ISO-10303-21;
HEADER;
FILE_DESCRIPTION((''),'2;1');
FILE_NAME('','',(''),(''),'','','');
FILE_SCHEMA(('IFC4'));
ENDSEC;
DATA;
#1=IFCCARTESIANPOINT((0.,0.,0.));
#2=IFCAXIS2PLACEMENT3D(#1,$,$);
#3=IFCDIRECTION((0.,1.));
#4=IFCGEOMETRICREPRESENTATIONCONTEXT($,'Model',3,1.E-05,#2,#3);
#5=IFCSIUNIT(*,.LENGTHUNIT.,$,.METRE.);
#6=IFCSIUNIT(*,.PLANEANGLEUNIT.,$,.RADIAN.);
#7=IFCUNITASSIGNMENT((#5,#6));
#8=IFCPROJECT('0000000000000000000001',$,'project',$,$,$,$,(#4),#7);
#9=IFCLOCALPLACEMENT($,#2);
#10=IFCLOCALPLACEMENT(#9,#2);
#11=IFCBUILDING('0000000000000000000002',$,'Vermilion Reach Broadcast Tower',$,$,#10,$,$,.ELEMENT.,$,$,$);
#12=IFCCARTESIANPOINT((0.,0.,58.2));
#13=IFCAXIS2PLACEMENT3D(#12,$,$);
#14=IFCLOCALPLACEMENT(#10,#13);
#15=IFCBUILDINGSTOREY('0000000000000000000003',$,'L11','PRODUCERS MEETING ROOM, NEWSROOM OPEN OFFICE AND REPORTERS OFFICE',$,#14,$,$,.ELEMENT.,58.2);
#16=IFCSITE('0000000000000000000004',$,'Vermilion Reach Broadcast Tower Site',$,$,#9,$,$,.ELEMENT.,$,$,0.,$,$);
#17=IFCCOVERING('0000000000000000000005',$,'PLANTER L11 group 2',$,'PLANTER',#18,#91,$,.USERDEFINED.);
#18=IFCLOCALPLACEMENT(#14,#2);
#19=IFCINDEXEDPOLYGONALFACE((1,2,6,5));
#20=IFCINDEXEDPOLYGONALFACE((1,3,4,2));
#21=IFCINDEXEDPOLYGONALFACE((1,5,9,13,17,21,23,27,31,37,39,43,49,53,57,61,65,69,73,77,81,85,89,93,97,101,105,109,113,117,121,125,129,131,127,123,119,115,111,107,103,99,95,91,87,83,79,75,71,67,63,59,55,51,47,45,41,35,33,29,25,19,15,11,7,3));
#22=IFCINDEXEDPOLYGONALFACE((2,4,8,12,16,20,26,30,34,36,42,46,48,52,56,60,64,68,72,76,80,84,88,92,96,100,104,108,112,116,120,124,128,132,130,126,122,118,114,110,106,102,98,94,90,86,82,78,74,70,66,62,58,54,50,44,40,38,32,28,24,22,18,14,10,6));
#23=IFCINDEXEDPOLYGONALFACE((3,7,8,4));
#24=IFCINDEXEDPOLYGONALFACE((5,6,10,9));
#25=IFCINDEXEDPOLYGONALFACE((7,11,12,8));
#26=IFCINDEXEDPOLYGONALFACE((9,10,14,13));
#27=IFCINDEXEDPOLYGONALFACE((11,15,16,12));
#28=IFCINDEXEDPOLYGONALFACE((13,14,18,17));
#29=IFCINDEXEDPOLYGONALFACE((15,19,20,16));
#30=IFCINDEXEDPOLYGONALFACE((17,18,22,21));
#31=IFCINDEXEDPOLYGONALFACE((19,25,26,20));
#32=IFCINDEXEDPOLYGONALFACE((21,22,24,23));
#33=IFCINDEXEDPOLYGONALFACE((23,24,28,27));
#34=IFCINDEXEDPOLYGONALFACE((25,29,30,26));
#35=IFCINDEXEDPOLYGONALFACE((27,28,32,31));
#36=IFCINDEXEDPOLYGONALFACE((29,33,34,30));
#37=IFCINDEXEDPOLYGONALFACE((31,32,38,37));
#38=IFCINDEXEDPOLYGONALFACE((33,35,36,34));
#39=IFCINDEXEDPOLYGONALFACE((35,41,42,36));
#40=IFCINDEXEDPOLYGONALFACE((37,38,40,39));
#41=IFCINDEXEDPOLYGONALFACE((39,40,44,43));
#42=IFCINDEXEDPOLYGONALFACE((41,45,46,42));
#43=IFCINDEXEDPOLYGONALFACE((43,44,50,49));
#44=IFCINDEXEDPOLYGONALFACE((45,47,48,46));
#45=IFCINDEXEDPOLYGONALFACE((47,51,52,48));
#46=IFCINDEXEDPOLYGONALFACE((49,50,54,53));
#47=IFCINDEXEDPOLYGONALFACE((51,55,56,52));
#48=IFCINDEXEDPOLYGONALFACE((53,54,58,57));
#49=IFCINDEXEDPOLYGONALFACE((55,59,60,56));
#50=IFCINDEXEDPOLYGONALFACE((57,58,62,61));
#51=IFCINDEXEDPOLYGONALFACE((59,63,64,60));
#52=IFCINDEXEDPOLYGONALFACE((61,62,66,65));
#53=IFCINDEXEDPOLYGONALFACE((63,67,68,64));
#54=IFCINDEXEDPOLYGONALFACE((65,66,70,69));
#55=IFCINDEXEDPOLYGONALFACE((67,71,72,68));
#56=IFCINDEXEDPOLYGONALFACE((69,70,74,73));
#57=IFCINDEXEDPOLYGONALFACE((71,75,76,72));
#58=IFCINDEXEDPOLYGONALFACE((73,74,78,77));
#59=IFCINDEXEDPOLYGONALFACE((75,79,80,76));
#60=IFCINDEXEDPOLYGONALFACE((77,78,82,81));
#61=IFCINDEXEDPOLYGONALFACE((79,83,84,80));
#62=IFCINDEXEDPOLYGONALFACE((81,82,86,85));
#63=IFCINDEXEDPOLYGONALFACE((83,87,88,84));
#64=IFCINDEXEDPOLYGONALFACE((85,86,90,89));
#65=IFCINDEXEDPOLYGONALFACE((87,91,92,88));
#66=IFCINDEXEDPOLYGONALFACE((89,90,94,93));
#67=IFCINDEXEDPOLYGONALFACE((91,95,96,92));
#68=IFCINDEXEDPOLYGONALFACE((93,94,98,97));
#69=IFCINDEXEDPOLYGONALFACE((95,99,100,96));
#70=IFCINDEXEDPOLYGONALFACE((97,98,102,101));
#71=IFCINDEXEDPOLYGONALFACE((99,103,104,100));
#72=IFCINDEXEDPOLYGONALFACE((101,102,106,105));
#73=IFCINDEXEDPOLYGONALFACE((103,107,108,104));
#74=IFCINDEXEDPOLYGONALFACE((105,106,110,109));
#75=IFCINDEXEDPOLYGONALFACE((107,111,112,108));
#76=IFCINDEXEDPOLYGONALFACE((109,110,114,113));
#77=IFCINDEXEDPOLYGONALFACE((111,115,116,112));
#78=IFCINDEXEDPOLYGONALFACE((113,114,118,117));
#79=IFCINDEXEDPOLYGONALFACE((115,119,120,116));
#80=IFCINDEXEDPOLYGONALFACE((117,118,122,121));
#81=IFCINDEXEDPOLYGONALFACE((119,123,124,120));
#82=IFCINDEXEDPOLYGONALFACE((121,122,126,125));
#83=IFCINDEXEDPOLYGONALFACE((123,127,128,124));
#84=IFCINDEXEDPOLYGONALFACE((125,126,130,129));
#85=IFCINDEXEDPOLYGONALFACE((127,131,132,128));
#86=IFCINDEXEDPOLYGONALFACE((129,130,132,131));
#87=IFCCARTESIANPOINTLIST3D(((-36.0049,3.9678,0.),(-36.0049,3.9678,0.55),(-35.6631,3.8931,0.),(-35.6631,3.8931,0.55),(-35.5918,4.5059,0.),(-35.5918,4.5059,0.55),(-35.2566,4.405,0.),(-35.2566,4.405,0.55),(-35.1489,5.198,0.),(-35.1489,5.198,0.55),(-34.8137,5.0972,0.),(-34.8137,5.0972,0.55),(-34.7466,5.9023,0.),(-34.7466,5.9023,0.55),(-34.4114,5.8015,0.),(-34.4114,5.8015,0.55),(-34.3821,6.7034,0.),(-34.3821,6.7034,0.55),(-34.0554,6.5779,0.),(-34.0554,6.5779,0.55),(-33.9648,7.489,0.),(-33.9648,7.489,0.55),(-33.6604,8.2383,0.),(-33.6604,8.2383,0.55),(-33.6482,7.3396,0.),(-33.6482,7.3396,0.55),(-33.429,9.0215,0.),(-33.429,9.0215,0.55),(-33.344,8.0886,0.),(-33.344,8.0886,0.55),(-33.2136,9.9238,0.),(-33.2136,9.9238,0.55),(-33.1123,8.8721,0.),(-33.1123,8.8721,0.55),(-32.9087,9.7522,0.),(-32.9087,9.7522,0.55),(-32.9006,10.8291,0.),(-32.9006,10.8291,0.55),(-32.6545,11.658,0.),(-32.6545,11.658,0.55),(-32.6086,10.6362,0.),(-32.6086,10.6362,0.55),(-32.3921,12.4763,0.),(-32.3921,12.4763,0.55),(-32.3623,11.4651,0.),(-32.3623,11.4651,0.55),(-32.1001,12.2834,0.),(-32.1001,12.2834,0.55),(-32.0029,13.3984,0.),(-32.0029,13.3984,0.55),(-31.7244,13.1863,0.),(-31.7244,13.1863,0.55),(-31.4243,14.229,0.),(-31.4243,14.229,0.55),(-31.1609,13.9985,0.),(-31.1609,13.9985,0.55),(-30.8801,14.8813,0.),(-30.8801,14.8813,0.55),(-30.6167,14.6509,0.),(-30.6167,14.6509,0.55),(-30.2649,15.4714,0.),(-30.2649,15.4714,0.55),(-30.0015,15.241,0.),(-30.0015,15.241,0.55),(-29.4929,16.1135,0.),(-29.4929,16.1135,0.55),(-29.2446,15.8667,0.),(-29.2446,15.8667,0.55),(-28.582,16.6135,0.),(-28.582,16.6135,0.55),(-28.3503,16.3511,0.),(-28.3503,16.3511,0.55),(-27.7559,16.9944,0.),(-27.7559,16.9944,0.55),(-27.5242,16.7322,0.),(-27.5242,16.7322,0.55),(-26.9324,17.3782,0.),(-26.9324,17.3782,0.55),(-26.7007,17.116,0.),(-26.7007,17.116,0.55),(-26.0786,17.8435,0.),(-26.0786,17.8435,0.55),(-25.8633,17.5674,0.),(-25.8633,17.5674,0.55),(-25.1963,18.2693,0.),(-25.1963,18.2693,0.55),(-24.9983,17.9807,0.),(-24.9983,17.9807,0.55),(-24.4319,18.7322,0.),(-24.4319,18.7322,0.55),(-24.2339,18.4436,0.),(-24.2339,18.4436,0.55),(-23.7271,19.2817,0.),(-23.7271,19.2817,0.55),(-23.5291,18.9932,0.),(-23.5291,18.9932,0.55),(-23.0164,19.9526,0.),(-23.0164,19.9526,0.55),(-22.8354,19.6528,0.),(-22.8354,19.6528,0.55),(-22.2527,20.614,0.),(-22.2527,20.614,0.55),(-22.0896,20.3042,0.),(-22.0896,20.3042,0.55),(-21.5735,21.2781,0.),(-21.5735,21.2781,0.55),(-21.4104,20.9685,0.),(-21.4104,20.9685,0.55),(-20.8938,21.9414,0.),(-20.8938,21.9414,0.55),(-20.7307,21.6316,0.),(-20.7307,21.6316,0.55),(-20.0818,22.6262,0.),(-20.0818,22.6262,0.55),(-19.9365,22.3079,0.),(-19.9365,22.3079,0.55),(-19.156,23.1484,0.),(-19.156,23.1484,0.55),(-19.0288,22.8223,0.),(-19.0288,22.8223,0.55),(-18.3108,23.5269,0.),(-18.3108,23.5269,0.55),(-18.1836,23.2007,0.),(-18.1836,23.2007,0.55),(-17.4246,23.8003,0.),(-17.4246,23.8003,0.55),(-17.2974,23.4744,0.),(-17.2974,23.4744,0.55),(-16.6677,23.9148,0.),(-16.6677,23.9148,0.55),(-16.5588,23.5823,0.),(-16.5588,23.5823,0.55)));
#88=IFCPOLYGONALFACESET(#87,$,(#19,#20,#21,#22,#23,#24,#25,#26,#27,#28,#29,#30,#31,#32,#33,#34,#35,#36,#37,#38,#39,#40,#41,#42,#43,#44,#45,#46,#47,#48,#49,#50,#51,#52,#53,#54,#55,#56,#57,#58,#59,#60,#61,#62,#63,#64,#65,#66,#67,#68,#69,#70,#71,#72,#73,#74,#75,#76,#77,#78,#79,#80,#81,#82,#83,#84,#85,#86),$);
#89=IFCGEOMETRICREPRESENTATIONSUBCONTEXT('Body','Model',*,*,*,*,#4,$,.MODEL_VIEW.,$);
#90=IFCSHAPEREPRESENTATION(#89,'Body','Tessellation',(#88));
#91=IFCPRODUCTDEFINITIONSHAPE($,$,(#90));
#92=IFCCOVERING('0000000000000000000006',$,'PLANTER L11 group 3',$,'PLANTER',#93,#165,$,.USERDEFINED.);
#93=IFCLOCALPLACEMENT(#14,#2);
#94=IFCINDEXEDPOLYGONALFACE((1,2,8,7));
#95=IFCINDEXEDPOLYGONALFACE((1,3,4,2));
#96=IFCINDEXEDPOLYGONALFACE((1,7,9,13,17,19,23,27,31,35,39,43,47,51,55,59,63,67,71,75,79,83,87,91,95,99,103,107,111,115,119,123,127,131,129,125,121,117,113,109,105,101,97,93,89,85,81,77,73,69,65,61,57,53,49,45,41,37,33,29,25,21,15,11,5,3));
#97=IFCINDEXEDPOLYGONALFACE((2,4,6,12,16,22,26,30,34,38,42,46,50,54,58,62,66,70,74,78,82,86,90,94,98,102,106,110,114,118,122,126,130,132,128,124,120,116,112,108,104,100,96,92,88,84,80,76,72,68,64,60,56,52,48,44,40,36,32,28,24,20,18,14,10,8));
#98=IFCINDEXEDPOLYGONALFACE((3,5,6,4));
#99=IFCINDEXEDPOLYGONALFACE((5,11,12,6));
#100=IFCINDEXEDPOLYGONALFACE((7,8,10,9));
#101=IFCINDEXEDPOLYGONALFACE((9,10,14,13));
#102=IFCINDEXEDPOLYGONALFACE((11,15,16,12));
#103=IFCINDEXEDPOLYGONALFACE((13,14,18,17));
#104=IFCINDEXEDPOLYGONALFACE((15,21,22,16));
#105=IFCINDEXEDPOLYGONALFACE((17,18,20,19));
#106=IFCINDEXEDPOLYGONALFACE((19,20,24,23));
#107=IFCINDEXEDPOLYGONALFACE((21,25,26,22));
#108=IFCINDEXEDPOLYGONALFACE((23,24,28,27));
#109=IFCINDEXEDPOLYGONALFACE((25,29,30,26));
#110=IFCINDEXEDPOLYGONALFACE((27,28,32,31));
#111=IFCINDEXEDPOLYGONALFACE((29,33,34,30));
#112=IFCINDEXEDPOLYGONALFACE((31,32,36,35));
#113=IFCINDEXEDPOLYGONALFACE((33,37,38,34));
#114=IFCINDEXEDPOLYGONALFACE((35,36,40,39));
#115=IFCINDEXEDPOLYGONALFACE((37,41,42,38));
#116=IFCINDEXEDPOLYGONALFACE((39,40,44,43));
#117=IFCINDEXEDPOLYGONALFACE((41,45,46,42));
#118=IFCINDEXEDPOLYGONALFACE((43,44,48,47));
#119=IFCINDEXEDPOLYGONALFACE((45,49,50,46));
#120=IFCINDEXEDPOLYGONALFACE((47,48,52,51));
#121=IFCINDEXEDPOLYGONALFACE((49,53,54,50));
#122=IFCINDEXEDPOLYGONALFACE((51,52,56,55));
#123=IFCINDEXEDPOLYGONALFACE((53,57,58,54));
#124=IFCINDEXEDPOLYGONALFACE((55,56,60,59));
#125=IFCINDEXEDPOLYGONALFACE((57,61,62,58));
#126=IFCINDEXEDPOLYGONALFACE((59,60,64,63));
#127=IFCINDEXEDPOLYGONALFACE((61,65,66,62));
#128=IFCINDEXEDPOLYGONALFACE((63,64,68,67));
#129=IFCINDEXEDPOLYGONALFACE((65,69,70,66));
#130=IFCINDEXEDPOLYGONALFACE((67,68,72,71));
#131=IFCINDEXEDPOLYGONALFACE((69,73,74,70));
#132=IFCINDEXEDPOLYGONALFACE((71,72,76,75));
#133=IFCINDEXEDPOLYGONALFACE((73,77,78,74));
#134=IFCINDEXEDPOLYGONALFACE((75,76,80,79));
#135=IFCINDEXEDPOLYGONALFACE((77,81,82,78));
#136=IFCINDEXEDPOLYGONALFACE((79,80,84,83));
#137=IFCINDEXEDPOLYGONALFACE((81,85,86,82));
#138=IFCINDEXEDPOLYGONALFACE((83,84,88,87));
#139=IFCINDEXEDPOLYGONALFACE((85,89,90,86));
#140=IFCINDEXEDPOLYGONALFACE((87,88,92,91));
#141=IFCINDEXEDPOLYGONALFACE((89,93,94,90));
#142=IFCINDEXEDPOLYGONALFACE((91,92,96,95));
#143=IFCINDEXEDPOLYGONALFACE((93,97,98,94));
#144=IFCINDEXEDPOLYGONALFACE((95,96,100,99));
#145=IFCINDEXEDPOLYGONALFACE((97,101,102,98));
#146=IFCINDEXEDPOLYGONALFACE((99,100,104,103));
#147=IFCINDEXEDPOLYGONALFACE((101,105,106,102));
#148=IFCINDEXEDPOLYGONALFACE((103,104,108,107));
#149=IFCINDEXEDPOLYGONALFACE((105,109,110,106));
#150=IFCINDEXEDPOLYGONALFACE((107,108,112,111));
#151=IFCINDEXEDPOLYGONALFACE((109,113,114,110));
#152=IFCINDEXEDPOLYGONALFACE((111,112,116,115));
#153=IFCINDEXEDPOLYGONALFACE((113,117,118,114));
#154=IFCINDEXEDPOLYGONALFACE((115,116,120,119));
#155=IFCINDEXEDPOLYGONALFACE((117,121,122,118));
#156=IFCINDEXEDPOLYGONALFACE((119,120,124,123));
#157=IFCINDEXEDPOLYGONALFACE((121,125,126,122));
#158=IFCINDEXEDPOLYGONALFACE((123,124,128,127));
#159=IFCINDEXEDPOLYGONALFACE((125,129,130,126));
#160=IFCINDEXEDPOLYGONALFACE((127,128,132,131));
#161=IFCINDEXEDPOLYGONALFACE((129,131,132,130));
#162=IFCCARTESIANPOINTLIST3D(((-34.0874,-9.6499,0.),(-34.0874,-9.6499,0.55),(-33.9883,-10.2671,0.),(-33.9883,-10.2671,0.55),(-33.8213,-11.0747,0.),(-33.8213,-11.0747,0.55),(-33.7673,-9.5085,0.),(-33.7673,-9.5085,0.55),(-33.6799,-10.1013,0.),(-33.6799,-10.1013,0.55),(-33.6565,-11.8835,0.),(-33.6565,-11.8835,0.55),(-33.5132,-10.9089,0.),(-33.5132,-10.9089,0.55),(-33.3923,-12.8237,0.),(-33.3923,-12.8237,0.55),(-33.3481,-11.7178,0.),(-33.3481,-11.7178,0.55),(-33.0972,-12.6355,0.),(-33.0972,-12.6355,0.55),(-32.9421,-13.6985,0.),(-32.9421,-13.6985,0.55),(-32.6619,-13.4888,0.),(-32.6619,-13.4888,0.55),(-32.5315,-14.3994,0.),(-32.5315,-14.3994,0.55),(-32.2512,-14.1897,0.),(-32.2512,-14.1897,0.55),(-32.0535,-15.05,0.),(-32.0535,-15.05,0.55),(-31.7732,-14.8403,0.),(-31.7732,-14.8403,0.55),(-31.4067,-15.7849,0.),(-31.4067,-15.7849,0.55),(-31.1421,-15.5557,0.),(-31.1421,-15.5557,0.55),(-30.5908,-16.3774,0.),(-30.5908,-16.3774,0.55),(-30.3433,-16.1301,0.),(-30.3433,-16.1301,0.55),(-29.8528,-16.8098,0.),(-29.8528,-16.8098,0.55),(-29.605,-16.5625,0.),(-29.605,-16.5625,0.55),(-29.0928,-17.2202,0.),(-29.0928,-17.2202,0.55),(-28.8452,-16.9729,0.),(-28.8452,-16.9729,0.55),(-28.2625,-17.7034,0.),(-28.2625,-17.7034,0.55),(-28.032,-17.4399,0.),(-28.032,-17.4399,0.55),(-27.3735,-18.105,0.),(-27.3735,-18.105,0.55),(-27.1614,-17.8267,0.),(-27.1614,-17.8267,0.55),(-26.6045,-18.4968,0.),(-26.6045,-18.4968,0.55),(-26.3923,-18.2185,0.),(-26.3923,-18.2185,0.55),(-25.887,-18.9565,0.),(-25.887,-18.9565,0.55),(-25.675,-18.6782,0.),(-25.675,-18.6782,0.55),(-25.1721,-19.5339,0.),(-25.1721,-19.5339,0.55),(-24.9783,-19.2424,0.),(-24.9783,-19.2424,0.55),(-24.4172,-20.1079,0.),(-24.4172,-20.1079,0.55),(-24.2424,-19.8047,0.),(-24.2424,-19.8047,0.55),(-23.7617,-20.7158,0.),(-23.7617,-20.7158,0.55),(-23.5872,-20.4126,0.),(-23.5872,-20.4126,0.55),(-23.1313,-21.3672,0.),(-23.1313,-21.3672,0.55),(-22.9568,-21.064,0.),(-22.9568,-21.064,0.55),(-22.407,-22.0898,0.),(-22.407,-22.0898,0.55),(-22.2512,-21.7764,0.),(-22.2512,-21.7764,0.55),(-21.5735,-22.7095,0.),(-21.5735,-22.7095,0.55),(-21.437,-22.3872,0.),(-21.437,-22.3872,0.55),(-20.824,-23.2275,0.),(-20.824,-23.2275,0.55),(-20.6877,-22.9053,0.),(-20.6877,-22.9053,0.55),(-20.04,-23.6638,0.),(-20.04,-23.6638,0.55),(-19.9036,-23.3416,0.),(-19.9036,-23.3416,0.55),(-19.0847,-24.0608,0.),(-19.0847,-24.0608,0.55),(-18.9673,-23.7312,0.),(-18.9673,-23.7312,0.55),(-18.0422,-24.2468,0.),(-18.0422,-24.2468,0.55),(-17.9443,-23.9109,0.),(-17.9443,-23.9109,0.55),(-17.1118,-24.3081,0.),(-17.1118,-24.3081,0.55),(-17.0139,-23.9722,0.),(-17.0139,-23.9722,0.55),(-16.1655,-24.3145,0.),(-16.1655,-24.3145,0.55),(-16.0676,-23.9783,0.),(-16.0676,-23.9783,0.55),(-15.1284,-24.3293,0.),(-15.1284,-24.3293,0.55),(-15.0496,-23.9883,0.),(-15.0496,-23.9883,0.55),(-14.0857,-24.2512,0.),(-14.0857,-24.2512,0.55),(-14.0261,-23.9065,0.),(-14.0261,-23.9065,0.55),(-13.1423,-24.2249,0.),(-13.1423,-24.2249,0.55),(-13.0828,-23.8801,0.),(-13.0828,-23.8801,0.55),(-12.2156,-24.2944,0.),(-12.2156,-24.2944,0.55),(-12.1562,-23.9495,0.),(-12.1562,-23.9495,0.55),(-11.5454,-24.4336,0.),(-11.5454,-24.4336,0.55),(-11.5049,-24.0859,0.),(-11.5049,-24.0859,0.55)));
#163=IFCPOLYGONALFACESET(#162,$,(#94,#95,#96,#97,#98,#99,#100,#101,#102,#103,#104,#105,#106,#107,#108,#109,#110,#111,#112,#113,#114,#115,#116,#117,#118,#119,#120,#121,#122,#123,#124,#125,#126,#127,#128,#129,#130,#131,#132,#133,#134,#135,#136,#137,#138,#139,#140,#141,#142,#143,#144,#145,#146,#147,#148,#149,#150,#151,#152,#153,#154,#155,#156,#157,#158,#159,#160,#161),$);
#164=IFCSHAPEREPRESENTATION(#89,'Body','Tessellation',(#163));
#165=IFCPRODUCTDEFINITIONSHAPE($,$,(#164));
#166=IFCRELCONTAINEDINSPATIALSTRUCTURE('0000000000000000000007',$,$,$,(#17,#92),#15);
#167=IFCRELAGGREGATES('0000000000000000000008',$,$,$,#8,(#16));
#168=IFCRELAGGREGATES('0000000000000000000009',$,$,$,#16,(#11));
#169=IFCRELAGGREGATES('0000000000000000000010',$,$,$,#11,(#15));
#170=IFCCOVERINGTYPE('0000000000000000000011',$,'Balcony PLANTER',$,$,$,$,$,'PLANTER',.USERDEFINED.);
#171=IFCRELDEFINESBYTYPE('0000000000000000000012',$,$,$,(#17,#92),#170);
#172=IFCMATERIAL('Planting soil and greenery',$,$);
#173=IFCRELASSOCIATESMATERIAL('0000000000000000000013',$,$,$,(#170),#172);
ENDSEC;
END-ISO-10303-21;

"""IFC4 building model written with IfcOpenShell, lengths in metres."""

from ifc_helpers import new_model, si_unit, direction, frame, origin, place, context, subcontext, project, spatial, polyline, outline, extrude, material, type_object, element, save


model = new_model("IFC4")

# Units and contexts
model_context = context("Model", 3, precision=1e-05, world=origin(), true_north=direction((0.0, 1.0)))
body_context = subcontext(model_context, "Body", "Model", "MODEL_VIEW")
ifc_project = project(units=[si_unit("LENGTHUNIT", "METRE"), si_unit("PLANEANGLEUNIT", "RADIAN")], contexts=[model_context])

# Site, building, storey
site_placement = place(None, origin())
site = spatial("IfcSite", under=ifc_project, at=site_placement, Name="Vermilion Reach Broadcast Tower Site", CompositionType="ELEMENT", RefElevation=0.0)
building_placement = place(site_placement, origin())
building = spatial("IfcBuilding", under=site, at=building_placement, Name="Vermilion Reach Broadcast Tower", CompositionType="ELEMENT")
storey_placement = place(building_placement, frame((0.0, 0.0, 58.2)))
storey = spatial("IfcBuildingStorey", under=building, at=storey_placement, Name="L11", Description="PRODUCERS MEETING ROOM, NEWSROOM OPEN OFFICE AND REPORTERS OFFICE", CompositionType="ELEMENT", Elevation=58.2)

# Shared definitions
placement_1 = place(storey_placement, origin())

# Coverings
ifc_material_1 = material(Name="Planting soil and greenery")
covering_type = type_object("IfcCoveringType", Name="Balcony PLANTER", ElementType="PLANTER", PredefinedType="USERDEFINED", material=ifc_material_1)
element("IfcCovering", 1, at=placement_1, inside=storey, type_object=covering_type, Name="PLANTER L11 group 2", ObjectType="PLANTER", PredefinedType="USERDEFINED", context=body_context, shape_type="SweptSolid", body=[
    extrude(outline(polyline([(-16.6677, 23.9148), (-17.4246, 23.8003), (-18.3108, 23.5269), (-19.156, 23.1484), (-20.0818, 22.6262), (-20.8938, 21.9414), (-21.5735, 21.2781), (-22.2527, 20.614), (-23.0164, 19.9526), (-23.7271, 19.2817), (-24.4319, 18.7322), (-25.1963, 18.2693), (-26.0786, 17.8435), (-26.9324, 17.3782), (-27.7559, 16.9944), (-28.582, 16.6135), (-29.4929, 16.1135), (-30.2649, 15.4714), (-30.8801, 14.8813), (-31.4243, 14.229), (-32.0029, 13.3984), (-32.3921, 12.4763), (-32.6545, 11.658), (-32.9006, 10.8291), (-33.2136, 9.9238), (-33.429, 9.0215), (-33.6604, 8.2383), (-33.9648, 7.489), (-34.3821, 6.7034), (-34.7466, 5.9023), (-35.1489, 5.198), (-35.5918, 4.5059), (-36.0049, 3.9678), (-35.6631, 3.8931), (-35.2566, 4.405), (-34.8137, 5.0972), (-34.4114, 5.8015), (-34.0554, 6.5779), (-33.6482, 7.3396), (-33.344, 8.0886), (-33.1123, 8.8721), (-32.9087, 9.7522), (-32.6086, 10.6362), (-32.3623, 11.4651), (-32.1001, 12.2834), (-31.7244, 13.1863), (-31.1609, 13.9985), (-30.6167, 14.6509), (-30.0015, 15.241), (-29.2446, 15.8667), (-28.3503, 16.3511), (-27.5242, 16.7322), (-26.7007, 17.116), (-25.8633, 17.5674), (-24.9983, 17.9807), (-24.2339, 18.4436), (-23.5291, 18.9932), (-22.8354, 19.6528), (-22.0896, 20.3042), (-21.4104, 20.9685), (-20.7307, 21.6316), (-19.9365, 22.3079), (-19.0288, 22.8223), (-18.1836, 23.2007), (-17.2974, 23.4744), (-16.5588, 23.5823), (-16.6677, 23.9148)])), origin(), (0.0, 0.0, 1.0), 0.55),
])
element("IfcCovering", 2, at=placement_1, inside=storey, type_object=covering_type, Name="PLANTER L11 group 3", ObjectType="PLANTER", PredefinedType="USERDEFINED", context=body_context, shape_type="SweptSolid", body=[
    extrude(outline(polyline([(-34.0874, -9.6499), (-33.9883, -10.2671), (-33.8213, -11.0747), (-33.6565, -11.8835), (-33.3923, -12.8237), (-32.9421, -13.6985), (-32.5315, -14.3994), (-32.0535, -15.05), (-31.4067, -15.7849), (-30.5908, -16.3774), (-29.8528, -16.8098), (-29.0928, -17.2202), (-28.2625, -17.7034), (-27.3735, -18.105), (-26.6045, -18.4968), (-25.887, -18.9565), (-25.1721, -19.5339), (-24.4172, -20.1079), (-23.7617, -20.7158), (-23.1313, -21.3672), (-22.407, -22.0898), (-21.5735, -22.7095), (-20.824, -23.2275), (-20.04, -23.6638), (-19.0847, -24.0608), (-18.0422, -24.2468), (-17.1118, -24.3081), (-16.1655, -24.3145), (-15.1284, -24.3293), (-14.0857, -24.2512), (-13.1423, -24.2249), (-12.2156, -24.2944), (-11.5454, -24.4336), (-11.5049, -24.0859), (-12.1562, -23.9495), (-13.0828, -23.8801), (-14.0261, -23.9065), (-15.0496, -23.9883), (-16.0676, -23.9783), (-17.0139, -23.9722), (-17.9443, -23.9109), (-18.9673, -23.7312), (-19.9036, -23.3416), (-20.6877, -22.9053), (-21.437, -22.3872), (-22.2512, -21.7764), (-22.9568, -21.064), (-23.5872, -20.4126), (-24.2424, -19.8047), (-24.9783, -19.2424), (-25.675, -18.6782), (-26.3923, -18.2185), (-27.1614, -17.8267), (-28.032, -17.4399), (-28.8452, -16.9729), (-29.605, -16.5625), (-30.3433, -16.1301), (-31.1421, -15.5557), (-31.7732, -14.8403), (-32.2512, -14.1897), (-32.6619, -13.4888), (-33.0972, -12.6355), (-33.3481, -11.7178), (-33.5132, -10.9089), (-33.6799, -10.1013), (-33.7673, -9.5085), (-34.0874, -9.6499)])), origin(), (0.0, 0.0, 1.0), 0.55),
])

save(model, "model.ifc")
